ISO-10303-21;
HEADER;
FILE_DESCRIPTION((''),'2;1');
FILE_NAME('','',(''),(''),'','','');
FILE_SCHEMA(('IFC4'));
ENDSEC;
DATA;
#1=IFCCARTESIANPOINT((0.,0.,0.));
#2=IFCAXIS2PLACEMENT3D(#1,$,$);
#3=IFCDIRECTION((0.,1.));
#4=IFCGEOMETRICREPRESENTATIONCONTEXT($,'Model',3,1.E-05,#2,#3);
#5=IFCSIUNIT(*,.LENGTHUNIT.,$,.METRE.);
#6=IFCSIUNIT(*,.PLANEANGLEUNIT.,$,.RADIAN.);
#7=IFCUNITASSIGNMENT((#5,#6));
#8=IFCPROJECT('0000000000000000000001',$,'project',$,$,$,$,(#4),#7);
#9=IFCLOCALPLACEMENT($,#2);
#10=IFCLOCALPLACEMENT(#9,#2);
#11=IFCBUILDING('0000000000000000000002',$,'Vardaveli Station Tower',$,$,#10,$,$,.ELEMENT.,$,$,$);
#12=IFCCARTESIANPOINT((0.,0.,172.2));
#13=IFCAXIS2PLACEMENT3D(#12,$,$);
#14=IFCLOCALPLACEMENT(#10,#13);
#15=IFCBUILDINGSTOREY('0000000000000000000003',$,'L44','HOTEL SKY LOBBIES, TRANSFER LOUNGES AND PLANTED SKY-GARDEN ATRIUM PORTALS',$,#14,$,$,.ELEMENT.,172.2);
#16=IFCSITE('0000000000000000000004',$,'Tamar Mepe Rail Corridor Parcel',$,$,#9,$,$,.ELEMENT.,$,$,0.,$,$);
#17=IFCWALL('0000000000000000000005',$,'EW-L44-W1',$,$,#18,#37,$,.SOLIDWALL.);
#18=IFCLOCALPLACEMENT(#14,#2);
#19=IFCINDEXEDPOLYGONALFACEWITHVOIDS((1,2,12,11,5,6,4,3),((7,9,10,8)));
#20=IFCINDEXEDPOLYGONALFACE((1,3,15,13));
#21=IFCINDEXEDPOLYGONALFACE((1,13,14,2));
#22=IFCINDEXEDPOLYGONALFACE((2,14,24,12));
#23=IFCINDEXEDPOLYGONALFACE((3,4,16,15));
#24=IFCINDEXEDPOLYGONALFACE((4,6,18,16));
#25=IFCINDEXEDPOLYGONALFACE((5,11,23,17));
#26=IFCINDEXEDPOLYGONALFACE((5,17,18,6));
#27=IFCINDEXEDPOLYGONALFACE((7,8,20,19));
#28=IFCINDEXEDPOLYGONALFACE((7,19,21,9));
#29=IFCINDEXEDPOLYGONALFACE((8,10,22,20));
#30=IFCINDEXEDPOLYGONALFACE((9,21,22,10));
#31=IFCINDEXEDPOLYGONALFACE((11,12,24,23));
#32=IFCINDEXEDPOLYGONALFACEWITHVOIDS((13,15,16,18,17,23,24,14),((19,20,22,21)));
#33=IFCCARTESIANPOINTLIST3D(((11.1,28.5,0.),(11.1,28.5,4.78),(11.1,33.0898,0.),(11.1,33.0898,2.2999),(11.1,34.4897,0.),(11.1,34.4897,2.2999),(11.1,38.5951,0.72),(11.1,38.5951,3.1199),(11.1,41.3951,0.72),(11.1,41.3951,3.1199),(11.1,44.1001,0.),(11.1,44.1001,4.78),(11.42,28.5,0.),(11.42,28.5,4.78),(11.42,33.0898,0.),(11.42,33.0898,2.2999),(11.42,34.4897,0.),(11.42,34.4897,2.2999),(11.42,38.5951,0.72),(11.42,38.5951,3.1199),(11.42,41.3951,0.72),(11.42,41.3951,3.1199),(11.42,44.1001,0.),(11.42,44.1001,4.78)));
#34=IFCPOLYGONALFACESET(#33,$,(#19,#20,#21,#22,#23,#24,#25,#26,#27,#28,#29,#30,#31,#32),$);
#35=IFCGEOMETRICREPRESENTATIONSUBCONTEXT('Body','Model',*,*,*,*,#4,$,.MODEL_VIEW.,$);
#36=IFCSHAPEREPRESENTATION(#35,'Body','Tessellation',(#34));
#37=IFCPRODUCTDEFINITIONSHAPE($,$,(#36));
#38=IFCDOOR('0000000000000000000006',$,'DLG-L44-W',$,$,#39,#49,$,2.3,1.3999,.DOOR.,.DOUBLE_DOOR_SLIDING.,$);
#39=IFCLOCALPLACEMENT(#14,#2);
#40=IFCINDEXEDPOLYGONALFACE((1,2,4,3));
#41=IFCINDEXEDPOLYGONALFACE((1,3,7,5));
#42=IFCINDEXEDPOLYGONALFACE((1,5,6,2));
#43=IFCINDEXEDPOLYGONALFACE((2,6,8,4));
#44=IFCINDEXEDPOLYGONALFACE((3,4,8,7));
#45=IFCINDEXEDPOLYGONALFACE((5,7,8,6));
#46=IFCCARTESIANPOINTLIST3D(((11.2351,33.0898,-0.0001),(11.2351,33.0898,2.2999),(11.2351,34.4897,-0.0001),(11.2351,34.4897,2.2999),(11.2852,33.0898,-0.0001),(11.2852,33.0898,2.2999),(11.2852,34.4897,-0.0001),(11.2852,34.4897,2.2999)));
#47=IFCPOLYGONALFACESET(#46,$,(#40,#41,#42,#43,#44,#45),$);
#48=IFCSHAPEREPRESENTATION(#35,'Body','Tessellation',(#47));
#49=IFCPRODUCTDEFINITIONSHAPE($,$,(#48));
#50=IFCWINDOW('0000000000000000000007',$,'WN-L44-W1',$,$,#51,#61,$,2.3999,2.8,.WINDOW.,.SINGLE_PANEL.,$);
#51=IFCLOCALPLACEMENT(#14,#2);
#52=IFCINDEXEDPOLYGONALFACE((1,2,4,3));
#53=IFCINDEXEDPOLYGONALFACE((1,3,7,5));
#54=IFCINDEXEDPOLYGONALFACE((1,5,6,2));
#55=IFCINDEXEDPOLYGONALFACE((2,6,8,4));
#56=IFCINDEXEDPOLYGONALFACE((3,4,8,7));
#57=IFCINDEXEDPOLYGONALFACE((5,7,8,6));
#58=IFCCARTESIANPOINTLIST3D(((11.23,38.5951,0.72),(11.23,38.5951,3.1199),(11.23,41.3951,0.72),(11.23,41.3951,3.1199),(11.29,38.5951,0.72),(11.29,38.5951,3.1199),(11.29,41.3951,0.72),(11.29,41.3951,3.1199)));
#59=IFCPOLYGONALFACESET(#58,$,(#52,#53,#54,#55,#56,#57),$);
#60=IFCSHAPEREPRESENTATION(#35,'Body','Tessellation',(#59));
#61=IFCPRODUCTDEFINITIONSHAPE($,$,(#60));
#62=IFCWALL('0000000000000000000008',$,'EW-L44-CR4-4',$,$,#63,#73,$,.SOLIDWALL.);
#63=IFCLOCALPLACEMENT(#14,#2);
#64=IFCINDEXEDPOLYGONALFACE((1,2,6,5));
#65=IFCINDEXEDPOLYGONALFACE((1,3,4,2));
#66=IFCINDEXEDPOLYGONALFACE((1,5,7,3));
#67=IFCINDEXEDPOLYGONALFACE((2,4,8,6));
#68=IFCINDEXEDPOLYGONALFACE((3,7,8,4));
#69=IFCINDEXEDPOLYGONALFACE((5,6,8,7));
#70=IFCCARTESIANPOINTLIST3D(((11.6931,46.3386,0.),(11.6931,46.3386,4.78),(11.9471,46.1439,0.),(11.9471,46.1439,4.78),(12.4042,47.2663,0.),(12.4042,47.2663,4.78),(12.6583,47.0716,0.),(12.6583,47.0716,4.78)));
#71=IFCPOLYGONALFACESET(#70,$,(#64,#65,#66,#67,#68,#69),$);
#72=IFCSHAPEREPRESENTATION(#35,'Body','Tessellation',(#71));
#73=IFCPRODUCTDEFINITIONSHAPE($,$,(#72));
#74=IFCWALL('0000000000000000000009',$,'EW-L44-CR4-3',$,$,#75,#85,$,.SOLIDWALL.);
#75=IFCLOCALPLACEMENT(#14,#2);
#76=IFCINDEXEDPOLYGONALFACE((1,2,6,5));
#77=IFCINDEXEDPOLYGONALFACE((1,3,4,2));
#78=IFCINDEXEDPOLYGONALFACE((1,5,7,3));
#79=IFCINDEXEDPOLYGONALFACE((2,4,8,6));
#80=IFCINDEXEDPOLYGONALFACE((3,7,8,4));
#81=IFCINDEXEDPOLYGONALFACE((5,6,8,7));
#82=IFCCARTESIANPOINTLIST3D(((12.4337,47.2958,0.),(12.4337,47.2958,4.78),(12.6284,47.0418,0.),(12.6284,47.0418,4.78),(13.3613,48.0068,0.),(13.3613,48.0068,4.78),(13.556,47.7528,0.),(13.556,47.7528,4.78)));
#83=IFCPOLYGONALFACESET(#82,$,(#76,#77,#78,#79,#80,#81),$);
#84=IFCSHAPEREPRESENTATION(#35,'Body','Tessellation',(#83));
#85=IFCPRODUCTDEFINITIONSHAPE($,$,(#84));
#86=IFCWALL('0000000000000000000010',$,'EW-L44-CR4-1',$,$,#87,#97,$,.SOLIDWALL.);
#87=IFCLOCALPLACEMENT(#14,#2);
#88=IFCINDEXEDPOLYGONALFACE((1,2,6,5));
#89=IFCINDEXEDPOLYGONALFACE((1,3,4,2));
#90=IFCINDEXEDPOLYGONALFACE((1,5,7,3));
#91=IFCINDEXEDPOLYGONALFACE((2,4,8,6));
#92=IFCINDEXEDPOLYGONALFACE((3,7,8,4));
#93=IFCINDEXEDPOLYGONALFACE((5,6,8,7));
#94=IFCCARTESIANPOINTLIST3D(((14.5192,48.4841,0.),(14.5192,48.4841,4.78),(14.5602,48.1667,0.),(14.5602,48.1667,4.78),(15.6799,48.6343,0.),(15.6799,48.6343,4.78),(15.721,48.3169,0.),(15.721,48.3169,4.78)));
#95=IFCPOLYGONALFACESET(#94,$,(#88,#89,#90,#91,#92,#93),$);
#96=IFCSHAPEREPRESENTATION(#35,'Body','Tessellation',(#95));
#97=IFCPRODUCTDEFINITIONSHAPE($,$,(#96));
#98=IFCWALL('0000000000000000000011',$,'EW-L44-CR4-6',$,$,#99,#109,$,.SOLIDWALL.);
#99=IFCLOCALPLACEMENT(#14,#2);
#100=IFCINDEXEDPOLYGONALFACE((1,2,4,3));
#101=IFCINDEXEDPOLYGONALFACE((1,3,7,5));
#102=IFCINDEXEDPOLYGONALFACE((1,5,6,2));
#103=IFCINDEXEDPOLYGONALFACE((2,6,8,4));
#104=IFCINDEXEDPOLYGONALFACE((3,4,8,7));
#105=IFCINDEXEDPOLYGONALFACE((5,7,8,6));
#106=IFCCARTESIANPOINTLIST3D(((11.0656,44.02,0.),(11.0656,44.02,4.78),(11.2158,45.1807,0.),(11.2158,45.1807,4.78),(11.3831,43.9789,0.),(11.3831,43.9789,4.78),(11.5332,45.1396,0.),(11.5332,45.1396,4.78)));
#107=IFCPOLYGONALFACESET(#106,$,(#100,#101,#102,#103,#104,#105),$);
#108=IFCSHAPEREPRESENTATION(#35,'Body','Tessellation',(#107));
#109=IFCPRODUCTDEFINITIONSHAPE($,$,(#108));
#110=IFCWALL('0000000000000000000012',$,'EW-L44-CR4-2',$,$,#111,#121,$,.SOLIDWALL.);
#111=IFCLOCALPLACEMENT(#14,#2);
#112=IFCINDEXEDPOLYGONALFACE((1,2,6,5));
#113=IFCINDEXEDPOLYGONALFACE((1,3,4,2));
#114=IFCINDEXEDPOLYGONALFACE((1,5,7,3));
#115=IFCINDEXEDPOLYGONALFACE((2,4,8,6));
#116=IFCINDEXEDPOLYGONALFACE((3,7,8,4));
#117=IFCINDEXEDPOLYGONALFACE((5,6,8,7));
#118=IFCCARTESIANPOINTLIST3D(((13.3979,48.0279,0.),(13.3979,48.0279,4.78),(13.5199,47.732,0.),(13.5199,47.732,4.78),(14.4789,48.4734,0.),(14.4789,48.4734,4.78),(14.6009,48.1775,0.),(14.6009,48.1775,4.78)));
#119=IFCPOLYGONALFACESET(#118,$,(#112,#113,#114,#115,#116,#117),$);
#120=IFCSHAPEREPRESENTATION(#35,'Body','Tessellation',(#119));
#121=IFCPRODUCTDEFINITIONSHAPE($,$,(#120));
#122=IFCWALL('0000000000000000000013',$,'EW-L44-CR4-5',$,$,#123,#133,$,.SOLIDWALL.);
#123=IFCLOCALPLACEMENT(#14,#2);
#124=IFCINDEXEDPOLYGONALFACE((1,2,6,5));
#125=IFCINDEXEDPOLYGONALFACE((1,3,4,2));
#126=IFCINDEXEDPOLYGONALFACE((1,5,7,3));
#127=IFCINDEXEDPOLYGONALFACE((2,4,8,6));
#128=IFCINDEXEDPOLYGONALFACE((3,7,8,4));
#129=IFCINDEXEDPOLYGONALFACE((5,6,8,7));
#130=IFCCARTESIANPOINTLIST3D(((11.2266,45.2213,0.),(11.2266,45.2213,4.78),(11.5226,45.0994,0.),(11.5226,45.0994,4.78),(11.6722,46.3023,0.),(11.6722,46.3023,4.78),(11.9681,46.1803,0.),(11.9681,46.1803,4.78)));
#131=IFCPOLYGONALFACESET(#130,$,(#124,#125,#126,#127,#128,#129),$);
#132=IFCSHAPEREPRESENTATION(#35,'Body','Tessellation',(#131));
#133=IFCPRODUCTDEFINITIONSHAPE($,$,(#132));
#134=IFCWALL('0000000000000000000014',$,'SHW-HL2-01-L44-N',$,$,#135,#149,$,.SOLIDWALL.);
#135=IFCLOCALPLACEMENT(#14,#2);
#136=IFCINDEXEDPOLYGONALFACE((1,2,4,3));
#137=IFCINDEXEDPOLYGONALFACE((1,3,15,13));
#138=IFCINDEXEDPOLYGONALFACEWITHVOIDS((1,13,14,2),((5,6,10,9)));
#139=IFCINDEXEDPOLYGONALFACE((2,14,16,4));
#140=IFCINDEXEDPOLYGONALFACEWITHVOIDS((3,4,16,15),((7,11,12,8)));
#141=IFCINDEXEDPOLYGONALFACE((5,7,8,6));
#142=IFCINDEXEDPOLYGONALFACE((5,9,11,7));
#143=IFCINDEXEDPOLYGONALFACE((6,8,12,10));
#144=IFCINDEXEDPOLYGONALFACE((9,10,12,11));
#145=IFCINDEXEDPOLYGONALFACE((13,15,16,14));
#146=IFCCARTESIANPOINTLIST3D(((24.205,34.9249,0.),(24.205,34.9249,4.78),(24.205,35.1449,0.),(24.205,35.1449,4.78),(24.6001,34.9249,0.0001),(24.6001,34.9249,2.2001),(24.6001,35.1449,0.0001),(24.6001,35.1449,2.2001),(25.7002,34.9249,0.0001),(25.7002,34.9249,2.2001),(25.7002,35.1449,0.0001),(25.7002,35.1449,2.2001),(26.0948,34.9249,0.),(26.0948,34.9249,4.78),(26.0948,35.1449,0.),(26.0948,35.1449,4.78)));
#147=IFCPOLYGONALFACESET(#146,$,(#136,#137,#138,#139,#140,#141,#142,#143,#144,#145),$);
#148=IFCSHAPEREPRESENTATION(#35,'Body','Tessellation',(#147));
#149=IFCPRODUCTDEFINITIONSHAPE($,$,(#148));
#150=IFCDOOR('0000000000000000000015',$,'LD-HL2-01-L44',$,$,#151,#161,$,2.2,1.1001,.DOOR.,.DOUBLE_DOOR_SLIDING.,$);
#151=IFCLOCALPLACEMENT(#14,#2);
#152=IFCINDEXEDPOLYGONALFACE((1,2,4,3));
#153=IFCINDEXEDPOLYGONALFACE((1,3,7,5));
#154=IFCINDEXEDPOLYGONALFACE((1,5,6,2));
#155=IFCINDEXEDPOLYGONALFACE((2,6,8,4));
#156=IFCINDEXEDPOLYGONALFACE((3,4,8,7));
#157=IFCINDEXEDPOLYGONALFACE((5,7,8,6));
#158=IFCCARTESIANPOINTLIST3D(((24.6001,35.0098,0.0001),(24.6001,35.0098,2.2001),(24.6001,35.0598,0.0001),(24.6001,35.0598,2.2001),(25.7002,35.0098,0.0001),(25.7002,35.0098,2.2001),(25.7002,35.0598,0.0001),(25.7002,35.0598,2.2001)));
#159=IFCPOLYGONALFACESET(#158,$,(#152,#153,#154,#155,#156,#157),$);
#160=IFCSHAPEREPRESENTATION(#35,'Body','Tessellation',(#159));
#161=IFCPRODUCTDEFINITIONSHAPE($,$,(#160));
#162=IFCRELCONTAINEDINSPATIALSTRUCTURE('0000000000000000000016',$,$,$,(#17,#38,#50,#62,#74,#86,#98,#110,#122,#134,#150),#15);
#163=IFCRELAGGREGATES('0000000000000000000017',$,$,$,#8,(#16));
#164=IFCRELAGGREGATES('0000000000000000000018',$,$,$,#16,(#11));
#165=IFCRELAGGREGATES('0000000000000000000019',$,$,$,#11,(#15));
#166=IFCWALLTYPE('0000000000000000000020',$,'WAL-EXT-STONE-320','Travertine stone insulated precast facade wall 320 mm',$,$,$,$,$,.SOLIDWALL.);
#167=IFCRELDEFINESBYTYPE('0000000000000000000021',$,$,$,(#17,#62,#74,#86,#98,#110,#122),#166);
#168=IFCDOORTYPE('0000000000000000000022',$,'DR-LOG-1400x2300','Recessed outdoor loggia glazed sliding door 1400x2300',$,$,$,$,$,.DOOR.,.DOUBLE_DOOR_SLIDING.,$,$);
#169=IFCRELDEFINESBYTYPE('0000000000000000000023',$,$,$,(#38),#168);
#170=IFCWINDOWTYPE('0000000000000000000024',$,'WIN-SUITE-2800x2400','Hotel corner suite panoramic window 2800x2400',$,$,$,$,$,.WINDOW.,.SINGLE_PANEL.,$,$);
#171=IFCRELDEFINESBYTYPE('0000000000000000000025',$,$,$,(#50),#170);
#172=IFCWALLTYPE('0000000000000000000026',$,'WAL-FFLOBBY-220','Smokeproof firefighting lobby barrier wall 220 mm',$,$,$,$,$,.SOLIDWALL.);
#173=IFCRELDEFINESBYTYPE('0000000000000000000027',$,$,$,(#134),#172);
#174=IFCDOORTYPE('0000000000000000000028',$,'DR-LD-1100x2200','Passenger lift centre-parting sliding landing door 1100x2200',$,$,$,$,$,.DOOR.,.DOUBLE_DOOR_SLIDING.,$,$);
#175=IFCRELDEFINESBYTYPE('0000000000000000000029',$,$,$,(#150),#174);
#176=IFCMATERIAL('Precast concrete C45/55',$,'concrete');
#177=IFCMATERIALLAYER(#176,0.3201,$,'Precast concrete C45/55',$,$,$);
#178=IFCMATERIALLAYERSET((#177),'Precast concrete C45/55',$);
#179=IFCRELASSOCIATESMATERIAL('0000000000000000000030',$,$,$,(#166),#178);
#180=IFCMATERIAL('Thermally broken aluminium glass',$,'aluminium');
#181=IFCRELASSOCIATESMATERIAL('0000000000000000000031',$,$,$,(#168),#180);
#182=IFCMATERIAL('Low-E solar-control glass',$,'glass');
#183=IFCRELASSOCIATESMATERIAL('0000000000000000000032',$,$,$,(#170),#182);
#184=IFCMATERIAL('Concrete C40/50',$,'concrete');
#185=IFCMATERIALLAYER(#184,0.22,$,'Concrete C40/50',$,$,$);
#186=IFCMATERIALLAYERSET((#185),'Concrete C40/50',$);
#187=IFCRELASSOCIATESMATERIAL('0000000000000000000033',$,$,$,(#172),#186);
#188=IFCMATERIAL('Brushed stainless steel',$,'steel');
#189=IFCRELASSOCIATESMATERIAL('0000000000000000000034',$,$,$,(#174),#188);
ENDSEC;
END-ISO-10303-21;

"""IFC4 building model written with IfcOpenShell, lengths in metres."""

from ifc_helpers import new_model, si_unit, direction, frame, frame_2d, origin, place, context, subcontext, project, spatial, rectangle, extrude, source, transform, mapped, material, layer, layer_set, type_object, element, fill, save


model = new_model("IFC4")

# Units and contexts
model_context = context("Model", 3, precision=1e-05, world=origin(), true_north=direction((0.0, 1.0)))
body_context = subcontext(model_context, "Body", "Model", "MODEL_VIEW")
ifc_project = project(units=[si_unit("LENGTHUNIT", "METRE"), si_unit("PLANEANGLEUNIT", "RADIAN")], contexts=[model_context])

# Site, building, storey
site_placement = place(None, origin())
site = spatial("IfcSite", under=ifc_project, at=site_placement, Name="Tamar Mepe Rail Corridor Parcel", CompositionType="ELEMENT", RefElevation=0.0)
building_placement = place(site_placement, origin())
building = spatial("IfcBuilding", under=site, at=building_placement, Name="Vardaveli Station Tower", CompositionType="ELEMENT")
storey_placement = place(building_placement, frame((0.0, 0.0, 172.2)))
storey = spatial("IfcBuildingStorey", under=building, at=storey_placement, Name="L44", Description="HOTEL SKY LOBBIES, TRANSFER LOUNGES AND PLANTED SKY-GARDEN ATRIUM PORTALS", CompositionType="ELEMENT", Elevation=172.2)

# Wall, openings, door, window
ifc_material_1 = material(Name="Precast concrete C45/55", Category="concrete")
ifc_layer_1 = layer(ifc_material_1, 0.3201, Name="Precast concrete C45/55")
ifc_layer_set_1 = layer_set([ifc_layer_1], Name="Precast concrete C45/55")
wall_type_1 = type_object("IfcWallType", Name="WAL-EXT-STONE-320", Description="Travertine stone insulated precast facade wall 320 mm", PredefinedType="SOLIDWALL", material=ifc_layer_set_1)
shared_shape_1 = source(origin(), body_context, "Body", "SweptSolid", [
    extrude(rectangle(XDim=15.6001, YDim=0.3201, at=frame_2d((7.8, 0.0))), origin(), (0.0, 0.0, 1.0), 4.78),
])
wall_1_placement = place(storey_placement, frame((11.26, 44.1001, 0.0), z_axis=(0.0, 0.0, 1.0), x_axis=(0.0, -1.0, 0.0)))
wall_1 = element("IfcWall", 1, at=wall_1_placement, inside=storey, type_object=wall_type_1, Name="EW-L44-W1", PredefinedType="SOLIDWALL", context=body_context, shape_type="MappedRepresentation", body=[
    mapped(shared_shape_1, transform((0.0, 0.0, 0.0), scale=1.0)),
])
shared_shape_2 = source(origin(), body_context, "Body", "SweptSolid", [
    extrude(rectangle(XDim=1.3999, YDim=2.3, at=frame_2d((0.7, 1.1499))), frame((0.0, 0.1699, 0.0), z_axis=(0.0, -1.0, 0.0), x_axis=(1.0, 0.0, 0.0)), (0.0, 0.0, 1.0), 0.3401),
])
opening_1_placement = place(wall_1_placement, frame((9.6104, 0.0, 0.0)))
opening_1 = element("IfcOpeningElement", 2, at=opening_1_placement, cuts=wall_1, PredefinedType="OPENING", context=body_context, shape_type="MappedRepresentation", body=[
    mapped(shared_shape_2, transform((0.0, 0.0, 0.0), scale=1.0)),
])
shared_shape_3 = source(origin(), body_context, "Body", "SweptSolid", [
    extrude(rectangle(XDim=2.8, YDim=2.3999, at=frame_2d((1.3999, 1.2))), frame((0.0, 0.1699, 0.0), z_axis=(0.0, -1.0, 0.0), x_axis=(1.0, 0.0, 0.0)), (0.0, 0.0, 1.0), 0.3401),
])
opening_2_placement = place(wall_1_placement, frame((2.7051, 0.0, 0.72)))
opening_2 = element("IfcOpeningElement", 3, at=opening_2_placement, cuts=wall_1, PredefinedType="OPENING", context=body_context, shape_type="MappedRepresentation", body=[
    mapped(shared_shape_3, transform((0.0, 0.0, 0.0), scale=1.0)),
])
ifc_material_2 = material(Name="Thermally broken aluminium glass", Category="aluminium")
door_type_1 = type_object("IfcDoorType", Name="DR-LOG-1400x2300", Description="Recessed outdoor loggia glazed sliding door 1400x2300", OperationType="DOUBLE_DOOR_SLIDING", PredefinedType="DOOR", material=ifc_material_2)
shared_shape_4 = source(origin(), body_context, "Body", "SweptSolid", [
    extrude(rectangle(XDim=1.3999, YDim=2.3, at=frame_2d((0.7, 1.1499))), frame((0.0, 0.0249, 0.0), z_axis=(0.0, -1.0, 0.0), x_axis=(1.0, 0.0, 0.0)), (0.0, 0.0, 1.0), 0.05),
])
door_1_placement = place(opening_1_placement, frame((1.3999, 0.0, 0.0), z_axis=(0.0, 0.0, 1.0), x_axis=(-1.0, 0.0, 0.0)))
door_1 = element("IfcDoor", 4, at=door_1_placement, inside=storey, type_object=door_type_1, Name="DLG-L44-W", OperationType="DOUBLE_DOOR_SLIDING", OverallHeight=2.3, OverallWidth=1.3999, PredefinedType="DOOR", context=body_context, shape_type="MappedRepresentation", body=[
    mapped(shared_shape_4, transform((0.0, 0.0, 0.0), scale=1.0)),
])
fill(opening_1, door_1)
ifc_material_3 = material(Name="Low-E solar-control glass", Category="glass")
window_type = type_object("IfcWindowType", Name="WIN-SUITE-2800x2400", Description="Hotel corner suite panoramic window 2800x2400", PartitioningType="SINGLE_PANEL", PredefinedType="WINDOW", material=ifc_material_3)
shared_shape_5 = source(origin(), body_context, "Body", "SweptSolid", [
    extrude(rectangle(XDim=2.8, YDim=2.3999, at=frame_2d((1.3999, 1.2))), frame((0.0, 0.03, 0.0), z_axis=(0.0, -1.0, 0.0), x_axis=(1.0, 0.0, 0.0)), (0.0, 0.0, 1.0), 0.0601),
])
window_placement = place(opening_2_placement, origin())
window = element("IfcWindow", 5, at=window_placement, inside=storey, type_object=window_type, Name="WN-L44-W1", OverallHeight=2.3999, OverallWidth=2.8, PartitioningType="SINGLE_PANEL", PredefinedType="WINDOW", context=body_context, shape_type="MappedRepresentation", body=[
    mapped(shared_shape_5, transform((0.0, 0.0, 0.0), scale=1.0)),
])
fill(opening_2, window)

# Walls
shared_shape_6 = source(origin(), body_context, "Body", "SweptSolid", [
    extrude(rectangle(XDim=1.1689, YDim=0.3201, at=frame_2d((0.5845, 0.0))), origin(), (0.0, 0.0, 1.0), 4.78),
])
wall_2_placement = place(storey_placement, frame((12.5312, 47.1689, 0.0), z_axis=(0.0, 0.0, 1.0), x_axis=(-0.608388, -0.79364, 0.0)))
element("IfcWall", 6, at=wall_2_placement, inside=storey, type_object=wall_type_1, Name="EW-L44-CR4-4", PredefinedType="SOLIDWALL", context=body_context, shape_type="MappedRepresentation", body=[
    mapped(shared_shape_6, transform((0.0, 0.0, 0.0), scale=1.0)),
])
shared_shape_7 = source(origin(), body_context, "Body", "SweptSolid", [
    extrude(rectangle(XDim=1.1687, YDim=0.3201, at=frame_2d((0.5845, 0.0))), origin(), (0.0, 0.0, 1.0), 4.78),
])
wall_3_placement = place(storey_placement, frame((13.4587, 47.8799, 0.0), z_axis=(0.0, 0.0, 1.0), x_axis=(-0.793664, -0.608357, 0.0)))
element("IfcWall", 7, at=wall_3_placement, inside=storey, type_object=wall_type_1, Name="EW-L44-CR4-3", PredefinedType="SOLIDWALL", context=body_context, shape_type="MappedRepresentation", body=[
    mapped(shared_shape_7, transform((0.0, 0.0, 0.0), scale=1.0)),
])
shared_shape_8 = source(origin(), body_context, "Body", "SweptSolid", [
    extrude(rectangle(XDim=1.1704, YDim=0.3201, at=frame_2d((0.5852, 0.0))), origin(), (0.0, 0.0, 1.0), 4.78),
])
for number, where, z_axis, x_axis, name in (
    (8, (15.7004, 48.4756, 0.0), (0.0, 0.0, 1.0), (-0.991736, -0.128296, 0.0), "EW-L44-CR4-1"),
    (9, (11.3745, 45.1602, 0.0), (0.0, 0.0, 1.0), (-0.128296, -0.991736, 0.0), "EW-L44-CR4-6"),
):
    element("IfcWall", number, at=place(storey_placement, frame(where, z_axis=z_axis, x_axis=x_axis)), inside=storey, type_object=wall_type_1, Name=name, PredefinedType="SOLIDWALL", context=body_context, shape_type="MappedRepresentation", body=[
        mapped(shared_shape_8, transform((0.0, 0.0, 0.0), scale=1.0)),
    ])
shared_shape_9 = source(origin(), body_context, "Body", "SweptSolid", [
    extrude(rectangle(XDim=1.1692, YDim=0.3201, at=frame_2d((0.5845, 0.0))), origin(), (0.0, 0.0, 1.0), 4.78),
])
for number, where, z_axis, x_axis, name in (
    (10, (14.5398, 48.3254, 0.0), (0.0, 0.0, 1.0), (-0.924553, -0.381054, 0.0), "EW-L44-CR4-2"),
    (11, (11.8201, 46.2412, 0.0), (0.0, 0.0, 1.0), (-0.381054, -0.924553, 0.0), "EW-L44-CR4-5"),
):
    element("IfcWall", number, at=place(storey_placement, frame(where, z_axis=z_axis, x_axis=x_axis)), inside=storey, type_object=wall_type_1, Name=name, PredefinedType="SOLIDWALL", context=body_context, shape_type="MappedRepresentation", body=[
        mapped(shared_shape_9, transform((0.0, 0.0, 0.0), scale=1.0)),
    ])

# Wall, opening, door
ifc_material_4 = material(Name="Concrete C40/50", Category="concrete")
ifc_layer_2 = layer(ifc_material_4, 0.22, Name="Concrete C40/50")
ifc_layer_set_2 = layer_set([ifc_layer_2], Name="Concrete C40/50")
wall_type_2 = type_object("IfcWallType", Name="WAL-FFLOBBY-220", Description="Smokeproof firefighting lobby barrier wall 220 mm", PredefinedType="SOLIDWALL", material=ifc_layer_set_2)
shared_shape_10 = source(origin(), body_context, "Body", "SweptSolid", [
    extrude(rectangle(XDim=1.8899, YDim=0.22, at=frame_2d((0.9448, 0.0))), origin(), (0.0, 0.0, 1.0), 4.78),
])
wall_4_placement = place(storey_placement, frame((24.2051, 35.0349, 0.0), z_axis=(0.0, 0.0, 1.0), x_axis=(1.0, 0.0, 0.0)))
wall_4 = element("IfcWall", 12, at=wall_4_placement, inside=storey, type_object=wall_type_2, Name="SHW-HL2-01-L44-N", PredefinedType="SOLIDWALL", context=body_context, shape_type="MappedRepresentation", body=[
    mapped(shared_shape_10, transform((0.0, 0.0, 0.0), scale=1.0)),
])
shared_shape_11 = source(origin(), body_context, "Body", "SweptSolid", [
    extrude(rectangle(XDim=1.1001, YDim=2.2, at=frame_2d((0.55, 1.1001))), frame((0.0, 0.1201, 0.0), z_axis=(0.0, -1.0, 0.0), x_axis=(1.0, 0.0, 0.0)), (0.0, 0.0, 1.0), 0.24),
])
opening_3_placement = place(wall_4_placement, frame((0.395, 0.0, 0.0)))
opening_3 = element("IfcOpeningElement", 13, at=opening_3_placement, cuts=wall_4, PredefinedType="OPENING", context=body_context, shape_type="MappedRepresentation", body=[
    mapped(shared_shape_11, transform((0.0, 0.0, 0.0), scale=1.0)),
])
ifc_material_5 = material(Name="Brushed stainless steel", Category="steel")
door_type_2 = type_object("IfcDoorType", Name="DR-LD-1100x2200", Description="Passenger lift centre-parting sliding landing door 1100x2200", OperationType="DOUBLE_DOOR_SLIDING", PredefinedType="DOOR", material=ifc_material_5)
shared_shape_12 = source(origin(), body_context, "Body", "SweptSolid", [
    extrude(rectangle(XDim=1.1001, YDim=2.2, at=frame_2d((0.55, 1.1001))), frame((0.0, 0.0249, 0.0), z_axis=(0.0, -1.0, 0.0), x_axis=(1.0, 0.0, 0.0)), (0.0, 0.0, 1.0), 0.05),
])
door_2_placement = place(opening_3_placement, origin())
door_2 = element("IfcDoor", 14, at=door_2_placement, inside=storey, type_object=door_type_2, Name="LD-HL2-01-L44", OperationType="DOUBLE_DOOR_SLIDING", OverallHeight=2.2, OverallWidth=1.1001, PredefinedType="DOOR", context=body_context, shape_type="MappedRepresentation", body=[
    mapped(shared_shape_12, transform((0.0, 0.0, 0.0), scale=1.0)),
])
fill(opening_3, door_2)

save(model, "model.ifc")
